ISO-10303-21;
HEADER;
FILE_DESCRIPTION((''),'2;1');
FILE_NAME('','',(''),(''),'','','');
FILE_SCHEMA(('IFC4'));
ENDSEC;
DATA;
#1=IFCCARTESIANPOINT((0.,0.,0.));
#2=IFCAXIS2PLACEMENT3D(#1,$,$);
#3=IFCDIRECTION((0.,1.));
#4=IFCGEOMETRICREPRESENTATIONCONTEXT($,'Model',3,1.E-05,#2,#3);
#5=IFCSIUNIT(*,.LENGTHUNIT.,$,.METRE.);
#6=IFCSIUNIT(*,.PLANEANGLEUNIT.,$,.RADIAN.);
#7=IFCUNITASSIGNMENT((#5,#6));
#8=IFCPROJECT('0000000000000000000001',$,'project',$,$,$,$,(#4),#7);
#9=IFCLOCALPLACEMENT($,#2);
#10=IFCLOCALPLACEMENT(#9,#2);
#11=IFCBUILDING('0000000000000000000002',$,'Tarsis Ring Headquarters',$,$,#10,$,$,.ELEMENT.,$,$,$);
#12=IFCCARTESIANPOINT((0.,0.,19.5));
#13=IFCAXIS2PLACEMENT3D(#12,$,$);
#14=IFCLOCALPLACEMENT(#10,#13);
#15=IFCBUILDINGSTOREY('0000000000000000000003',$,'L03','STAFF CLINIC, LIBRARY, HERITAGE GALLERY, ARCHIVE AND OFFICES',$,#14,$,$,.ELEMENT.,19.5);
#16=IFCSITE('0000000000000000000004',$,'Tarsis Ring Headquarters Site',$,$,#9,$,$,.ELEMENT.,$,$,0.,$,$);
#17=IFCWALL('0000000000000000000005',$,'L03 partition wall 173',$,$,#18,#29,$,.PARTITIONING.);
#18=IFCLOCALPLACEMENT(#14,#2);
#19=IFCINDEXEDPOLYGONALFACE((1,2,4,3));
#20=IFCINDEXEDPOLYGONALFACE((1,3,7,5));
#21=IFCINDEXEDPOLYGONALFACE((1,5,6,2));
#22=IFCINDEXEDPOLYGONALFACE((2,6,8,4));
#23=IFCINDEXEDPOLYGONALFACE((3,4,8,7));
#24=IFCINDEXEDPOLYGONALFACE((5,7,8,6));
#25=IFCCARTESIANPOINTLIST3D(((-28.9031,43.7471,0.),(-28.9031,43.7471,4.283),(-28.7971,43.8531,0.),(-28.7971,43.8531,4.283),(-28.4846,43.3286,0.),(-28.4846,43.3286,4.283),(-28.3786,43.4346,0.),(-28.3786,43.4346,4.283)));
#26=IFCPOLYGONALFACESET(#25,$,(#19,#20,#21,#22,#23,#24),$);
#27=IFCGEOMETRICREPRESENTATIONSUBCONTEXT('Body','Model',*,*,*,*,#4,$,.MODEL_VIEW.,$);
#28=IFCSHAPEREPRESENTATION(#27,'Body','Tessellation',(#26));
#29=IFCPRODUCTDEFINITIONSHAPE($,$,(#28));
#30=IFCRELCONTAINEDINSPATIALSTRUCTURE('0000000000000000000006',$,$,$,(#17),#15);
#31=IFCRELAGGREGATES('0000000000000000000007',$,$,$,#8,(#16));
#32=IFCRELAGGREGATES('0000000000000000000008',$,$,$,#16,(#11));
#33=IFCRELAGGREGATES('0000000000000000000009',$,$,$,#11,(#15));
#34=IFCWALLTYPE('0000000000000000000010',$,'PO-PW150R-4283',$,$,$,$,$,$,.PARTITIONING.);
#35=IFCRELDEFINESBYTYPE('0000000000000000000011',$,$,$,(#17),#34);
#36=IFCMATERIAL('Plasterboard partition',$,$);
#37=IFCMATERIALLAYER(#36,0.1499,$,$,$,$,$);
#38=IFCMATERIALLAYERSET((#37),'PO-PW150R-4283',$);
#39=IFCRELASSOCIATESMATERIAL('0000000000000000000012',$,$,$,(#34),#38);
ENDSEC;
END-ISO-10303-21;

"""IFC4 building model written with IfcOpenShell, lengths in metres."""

from ifc_helpers import new_model, si_unit, direction, frame, frame_2d, origin, place, context, subcontext, project, spatial, rectangle, extrude, material, layer, layer_set, type_object, element, save


model = new_model("IFC4")

# Units and contexts
model_context = context("Model", 3, precision=1e-05, world=origin(), true_north=direction((0.0, 1.0)))
body_context = subcontext(model_context, "Body", "Model", "MODEL_VIEW")
ifc_project = project(units=[si_unit("LENGTHUNIT", "METRE"), si_unit("PLANEANGLEUNIT", "RADIAN")], contexts=[model_context])

# Site, building, storey
site_placement = place(None, origin())
site = spatial("IfcSite", under=ifc_project, at=site_placement, Name="Tarsis Ring Headquarters Site", CompositionType="ELEMENT", RefElevation=0.0)
building_placement = place(site_placement, origin())
building = spatial("IfcBuilding", under=site, at=building_placement, Name="Tarsis Ring Headquarters", CompositionType="ELEMENT")
storey_placement = place(building_placement, frame((0.0, 0.0, 19.5)))
storey = spatial("IfcBuildingStorey", under=building, at=storey_placement, Name="L03", Description="STAFF CLINIC, LIBRARY, HERITAGE GALLERY, ARCHIVE AND OFFICES", CompositionType="ELEMENT", Elevation=19.5)

# Shared definitions
ifc_material_1 = material(Name="Plasterboard partition")

# Shared definitions
ifc_layer_1 = layer(ifc_material_1, 0.1499)
ifc_layer_set_1 = layer_set([ifc_layer_1], Name="PO-PW150R-4283")
wall_type_1 = type_object("IfcWallType", Name="PO-PW150R-4283", PredefinedType="PARTITIONING", material=ifc_layer_set_1)

# Wall
wall_1_placement = place(storey_placement, frame((-28.4316, 43.3816, 0.0), z_axis=(0.0, 0.0, 1.0), x_axis=(-0.707107, 0.707107, 0.0)))
element("IfcWall", 1, at=wall_1_placement, inside=storey, type_object=wall_type_1, Name="L03 partition wall 173", PredefinedType="PARTITIONING", context=body_context, shape_type="SweptSolid", body=[
    extrude(rectangle(XDim=0.5918, YDim=0.1499, at=frame_2d((0.2959, 0.0))), origin(), (0.0, 0.0, 1.0), 4.283),
])

save(model, "model.ifc")
